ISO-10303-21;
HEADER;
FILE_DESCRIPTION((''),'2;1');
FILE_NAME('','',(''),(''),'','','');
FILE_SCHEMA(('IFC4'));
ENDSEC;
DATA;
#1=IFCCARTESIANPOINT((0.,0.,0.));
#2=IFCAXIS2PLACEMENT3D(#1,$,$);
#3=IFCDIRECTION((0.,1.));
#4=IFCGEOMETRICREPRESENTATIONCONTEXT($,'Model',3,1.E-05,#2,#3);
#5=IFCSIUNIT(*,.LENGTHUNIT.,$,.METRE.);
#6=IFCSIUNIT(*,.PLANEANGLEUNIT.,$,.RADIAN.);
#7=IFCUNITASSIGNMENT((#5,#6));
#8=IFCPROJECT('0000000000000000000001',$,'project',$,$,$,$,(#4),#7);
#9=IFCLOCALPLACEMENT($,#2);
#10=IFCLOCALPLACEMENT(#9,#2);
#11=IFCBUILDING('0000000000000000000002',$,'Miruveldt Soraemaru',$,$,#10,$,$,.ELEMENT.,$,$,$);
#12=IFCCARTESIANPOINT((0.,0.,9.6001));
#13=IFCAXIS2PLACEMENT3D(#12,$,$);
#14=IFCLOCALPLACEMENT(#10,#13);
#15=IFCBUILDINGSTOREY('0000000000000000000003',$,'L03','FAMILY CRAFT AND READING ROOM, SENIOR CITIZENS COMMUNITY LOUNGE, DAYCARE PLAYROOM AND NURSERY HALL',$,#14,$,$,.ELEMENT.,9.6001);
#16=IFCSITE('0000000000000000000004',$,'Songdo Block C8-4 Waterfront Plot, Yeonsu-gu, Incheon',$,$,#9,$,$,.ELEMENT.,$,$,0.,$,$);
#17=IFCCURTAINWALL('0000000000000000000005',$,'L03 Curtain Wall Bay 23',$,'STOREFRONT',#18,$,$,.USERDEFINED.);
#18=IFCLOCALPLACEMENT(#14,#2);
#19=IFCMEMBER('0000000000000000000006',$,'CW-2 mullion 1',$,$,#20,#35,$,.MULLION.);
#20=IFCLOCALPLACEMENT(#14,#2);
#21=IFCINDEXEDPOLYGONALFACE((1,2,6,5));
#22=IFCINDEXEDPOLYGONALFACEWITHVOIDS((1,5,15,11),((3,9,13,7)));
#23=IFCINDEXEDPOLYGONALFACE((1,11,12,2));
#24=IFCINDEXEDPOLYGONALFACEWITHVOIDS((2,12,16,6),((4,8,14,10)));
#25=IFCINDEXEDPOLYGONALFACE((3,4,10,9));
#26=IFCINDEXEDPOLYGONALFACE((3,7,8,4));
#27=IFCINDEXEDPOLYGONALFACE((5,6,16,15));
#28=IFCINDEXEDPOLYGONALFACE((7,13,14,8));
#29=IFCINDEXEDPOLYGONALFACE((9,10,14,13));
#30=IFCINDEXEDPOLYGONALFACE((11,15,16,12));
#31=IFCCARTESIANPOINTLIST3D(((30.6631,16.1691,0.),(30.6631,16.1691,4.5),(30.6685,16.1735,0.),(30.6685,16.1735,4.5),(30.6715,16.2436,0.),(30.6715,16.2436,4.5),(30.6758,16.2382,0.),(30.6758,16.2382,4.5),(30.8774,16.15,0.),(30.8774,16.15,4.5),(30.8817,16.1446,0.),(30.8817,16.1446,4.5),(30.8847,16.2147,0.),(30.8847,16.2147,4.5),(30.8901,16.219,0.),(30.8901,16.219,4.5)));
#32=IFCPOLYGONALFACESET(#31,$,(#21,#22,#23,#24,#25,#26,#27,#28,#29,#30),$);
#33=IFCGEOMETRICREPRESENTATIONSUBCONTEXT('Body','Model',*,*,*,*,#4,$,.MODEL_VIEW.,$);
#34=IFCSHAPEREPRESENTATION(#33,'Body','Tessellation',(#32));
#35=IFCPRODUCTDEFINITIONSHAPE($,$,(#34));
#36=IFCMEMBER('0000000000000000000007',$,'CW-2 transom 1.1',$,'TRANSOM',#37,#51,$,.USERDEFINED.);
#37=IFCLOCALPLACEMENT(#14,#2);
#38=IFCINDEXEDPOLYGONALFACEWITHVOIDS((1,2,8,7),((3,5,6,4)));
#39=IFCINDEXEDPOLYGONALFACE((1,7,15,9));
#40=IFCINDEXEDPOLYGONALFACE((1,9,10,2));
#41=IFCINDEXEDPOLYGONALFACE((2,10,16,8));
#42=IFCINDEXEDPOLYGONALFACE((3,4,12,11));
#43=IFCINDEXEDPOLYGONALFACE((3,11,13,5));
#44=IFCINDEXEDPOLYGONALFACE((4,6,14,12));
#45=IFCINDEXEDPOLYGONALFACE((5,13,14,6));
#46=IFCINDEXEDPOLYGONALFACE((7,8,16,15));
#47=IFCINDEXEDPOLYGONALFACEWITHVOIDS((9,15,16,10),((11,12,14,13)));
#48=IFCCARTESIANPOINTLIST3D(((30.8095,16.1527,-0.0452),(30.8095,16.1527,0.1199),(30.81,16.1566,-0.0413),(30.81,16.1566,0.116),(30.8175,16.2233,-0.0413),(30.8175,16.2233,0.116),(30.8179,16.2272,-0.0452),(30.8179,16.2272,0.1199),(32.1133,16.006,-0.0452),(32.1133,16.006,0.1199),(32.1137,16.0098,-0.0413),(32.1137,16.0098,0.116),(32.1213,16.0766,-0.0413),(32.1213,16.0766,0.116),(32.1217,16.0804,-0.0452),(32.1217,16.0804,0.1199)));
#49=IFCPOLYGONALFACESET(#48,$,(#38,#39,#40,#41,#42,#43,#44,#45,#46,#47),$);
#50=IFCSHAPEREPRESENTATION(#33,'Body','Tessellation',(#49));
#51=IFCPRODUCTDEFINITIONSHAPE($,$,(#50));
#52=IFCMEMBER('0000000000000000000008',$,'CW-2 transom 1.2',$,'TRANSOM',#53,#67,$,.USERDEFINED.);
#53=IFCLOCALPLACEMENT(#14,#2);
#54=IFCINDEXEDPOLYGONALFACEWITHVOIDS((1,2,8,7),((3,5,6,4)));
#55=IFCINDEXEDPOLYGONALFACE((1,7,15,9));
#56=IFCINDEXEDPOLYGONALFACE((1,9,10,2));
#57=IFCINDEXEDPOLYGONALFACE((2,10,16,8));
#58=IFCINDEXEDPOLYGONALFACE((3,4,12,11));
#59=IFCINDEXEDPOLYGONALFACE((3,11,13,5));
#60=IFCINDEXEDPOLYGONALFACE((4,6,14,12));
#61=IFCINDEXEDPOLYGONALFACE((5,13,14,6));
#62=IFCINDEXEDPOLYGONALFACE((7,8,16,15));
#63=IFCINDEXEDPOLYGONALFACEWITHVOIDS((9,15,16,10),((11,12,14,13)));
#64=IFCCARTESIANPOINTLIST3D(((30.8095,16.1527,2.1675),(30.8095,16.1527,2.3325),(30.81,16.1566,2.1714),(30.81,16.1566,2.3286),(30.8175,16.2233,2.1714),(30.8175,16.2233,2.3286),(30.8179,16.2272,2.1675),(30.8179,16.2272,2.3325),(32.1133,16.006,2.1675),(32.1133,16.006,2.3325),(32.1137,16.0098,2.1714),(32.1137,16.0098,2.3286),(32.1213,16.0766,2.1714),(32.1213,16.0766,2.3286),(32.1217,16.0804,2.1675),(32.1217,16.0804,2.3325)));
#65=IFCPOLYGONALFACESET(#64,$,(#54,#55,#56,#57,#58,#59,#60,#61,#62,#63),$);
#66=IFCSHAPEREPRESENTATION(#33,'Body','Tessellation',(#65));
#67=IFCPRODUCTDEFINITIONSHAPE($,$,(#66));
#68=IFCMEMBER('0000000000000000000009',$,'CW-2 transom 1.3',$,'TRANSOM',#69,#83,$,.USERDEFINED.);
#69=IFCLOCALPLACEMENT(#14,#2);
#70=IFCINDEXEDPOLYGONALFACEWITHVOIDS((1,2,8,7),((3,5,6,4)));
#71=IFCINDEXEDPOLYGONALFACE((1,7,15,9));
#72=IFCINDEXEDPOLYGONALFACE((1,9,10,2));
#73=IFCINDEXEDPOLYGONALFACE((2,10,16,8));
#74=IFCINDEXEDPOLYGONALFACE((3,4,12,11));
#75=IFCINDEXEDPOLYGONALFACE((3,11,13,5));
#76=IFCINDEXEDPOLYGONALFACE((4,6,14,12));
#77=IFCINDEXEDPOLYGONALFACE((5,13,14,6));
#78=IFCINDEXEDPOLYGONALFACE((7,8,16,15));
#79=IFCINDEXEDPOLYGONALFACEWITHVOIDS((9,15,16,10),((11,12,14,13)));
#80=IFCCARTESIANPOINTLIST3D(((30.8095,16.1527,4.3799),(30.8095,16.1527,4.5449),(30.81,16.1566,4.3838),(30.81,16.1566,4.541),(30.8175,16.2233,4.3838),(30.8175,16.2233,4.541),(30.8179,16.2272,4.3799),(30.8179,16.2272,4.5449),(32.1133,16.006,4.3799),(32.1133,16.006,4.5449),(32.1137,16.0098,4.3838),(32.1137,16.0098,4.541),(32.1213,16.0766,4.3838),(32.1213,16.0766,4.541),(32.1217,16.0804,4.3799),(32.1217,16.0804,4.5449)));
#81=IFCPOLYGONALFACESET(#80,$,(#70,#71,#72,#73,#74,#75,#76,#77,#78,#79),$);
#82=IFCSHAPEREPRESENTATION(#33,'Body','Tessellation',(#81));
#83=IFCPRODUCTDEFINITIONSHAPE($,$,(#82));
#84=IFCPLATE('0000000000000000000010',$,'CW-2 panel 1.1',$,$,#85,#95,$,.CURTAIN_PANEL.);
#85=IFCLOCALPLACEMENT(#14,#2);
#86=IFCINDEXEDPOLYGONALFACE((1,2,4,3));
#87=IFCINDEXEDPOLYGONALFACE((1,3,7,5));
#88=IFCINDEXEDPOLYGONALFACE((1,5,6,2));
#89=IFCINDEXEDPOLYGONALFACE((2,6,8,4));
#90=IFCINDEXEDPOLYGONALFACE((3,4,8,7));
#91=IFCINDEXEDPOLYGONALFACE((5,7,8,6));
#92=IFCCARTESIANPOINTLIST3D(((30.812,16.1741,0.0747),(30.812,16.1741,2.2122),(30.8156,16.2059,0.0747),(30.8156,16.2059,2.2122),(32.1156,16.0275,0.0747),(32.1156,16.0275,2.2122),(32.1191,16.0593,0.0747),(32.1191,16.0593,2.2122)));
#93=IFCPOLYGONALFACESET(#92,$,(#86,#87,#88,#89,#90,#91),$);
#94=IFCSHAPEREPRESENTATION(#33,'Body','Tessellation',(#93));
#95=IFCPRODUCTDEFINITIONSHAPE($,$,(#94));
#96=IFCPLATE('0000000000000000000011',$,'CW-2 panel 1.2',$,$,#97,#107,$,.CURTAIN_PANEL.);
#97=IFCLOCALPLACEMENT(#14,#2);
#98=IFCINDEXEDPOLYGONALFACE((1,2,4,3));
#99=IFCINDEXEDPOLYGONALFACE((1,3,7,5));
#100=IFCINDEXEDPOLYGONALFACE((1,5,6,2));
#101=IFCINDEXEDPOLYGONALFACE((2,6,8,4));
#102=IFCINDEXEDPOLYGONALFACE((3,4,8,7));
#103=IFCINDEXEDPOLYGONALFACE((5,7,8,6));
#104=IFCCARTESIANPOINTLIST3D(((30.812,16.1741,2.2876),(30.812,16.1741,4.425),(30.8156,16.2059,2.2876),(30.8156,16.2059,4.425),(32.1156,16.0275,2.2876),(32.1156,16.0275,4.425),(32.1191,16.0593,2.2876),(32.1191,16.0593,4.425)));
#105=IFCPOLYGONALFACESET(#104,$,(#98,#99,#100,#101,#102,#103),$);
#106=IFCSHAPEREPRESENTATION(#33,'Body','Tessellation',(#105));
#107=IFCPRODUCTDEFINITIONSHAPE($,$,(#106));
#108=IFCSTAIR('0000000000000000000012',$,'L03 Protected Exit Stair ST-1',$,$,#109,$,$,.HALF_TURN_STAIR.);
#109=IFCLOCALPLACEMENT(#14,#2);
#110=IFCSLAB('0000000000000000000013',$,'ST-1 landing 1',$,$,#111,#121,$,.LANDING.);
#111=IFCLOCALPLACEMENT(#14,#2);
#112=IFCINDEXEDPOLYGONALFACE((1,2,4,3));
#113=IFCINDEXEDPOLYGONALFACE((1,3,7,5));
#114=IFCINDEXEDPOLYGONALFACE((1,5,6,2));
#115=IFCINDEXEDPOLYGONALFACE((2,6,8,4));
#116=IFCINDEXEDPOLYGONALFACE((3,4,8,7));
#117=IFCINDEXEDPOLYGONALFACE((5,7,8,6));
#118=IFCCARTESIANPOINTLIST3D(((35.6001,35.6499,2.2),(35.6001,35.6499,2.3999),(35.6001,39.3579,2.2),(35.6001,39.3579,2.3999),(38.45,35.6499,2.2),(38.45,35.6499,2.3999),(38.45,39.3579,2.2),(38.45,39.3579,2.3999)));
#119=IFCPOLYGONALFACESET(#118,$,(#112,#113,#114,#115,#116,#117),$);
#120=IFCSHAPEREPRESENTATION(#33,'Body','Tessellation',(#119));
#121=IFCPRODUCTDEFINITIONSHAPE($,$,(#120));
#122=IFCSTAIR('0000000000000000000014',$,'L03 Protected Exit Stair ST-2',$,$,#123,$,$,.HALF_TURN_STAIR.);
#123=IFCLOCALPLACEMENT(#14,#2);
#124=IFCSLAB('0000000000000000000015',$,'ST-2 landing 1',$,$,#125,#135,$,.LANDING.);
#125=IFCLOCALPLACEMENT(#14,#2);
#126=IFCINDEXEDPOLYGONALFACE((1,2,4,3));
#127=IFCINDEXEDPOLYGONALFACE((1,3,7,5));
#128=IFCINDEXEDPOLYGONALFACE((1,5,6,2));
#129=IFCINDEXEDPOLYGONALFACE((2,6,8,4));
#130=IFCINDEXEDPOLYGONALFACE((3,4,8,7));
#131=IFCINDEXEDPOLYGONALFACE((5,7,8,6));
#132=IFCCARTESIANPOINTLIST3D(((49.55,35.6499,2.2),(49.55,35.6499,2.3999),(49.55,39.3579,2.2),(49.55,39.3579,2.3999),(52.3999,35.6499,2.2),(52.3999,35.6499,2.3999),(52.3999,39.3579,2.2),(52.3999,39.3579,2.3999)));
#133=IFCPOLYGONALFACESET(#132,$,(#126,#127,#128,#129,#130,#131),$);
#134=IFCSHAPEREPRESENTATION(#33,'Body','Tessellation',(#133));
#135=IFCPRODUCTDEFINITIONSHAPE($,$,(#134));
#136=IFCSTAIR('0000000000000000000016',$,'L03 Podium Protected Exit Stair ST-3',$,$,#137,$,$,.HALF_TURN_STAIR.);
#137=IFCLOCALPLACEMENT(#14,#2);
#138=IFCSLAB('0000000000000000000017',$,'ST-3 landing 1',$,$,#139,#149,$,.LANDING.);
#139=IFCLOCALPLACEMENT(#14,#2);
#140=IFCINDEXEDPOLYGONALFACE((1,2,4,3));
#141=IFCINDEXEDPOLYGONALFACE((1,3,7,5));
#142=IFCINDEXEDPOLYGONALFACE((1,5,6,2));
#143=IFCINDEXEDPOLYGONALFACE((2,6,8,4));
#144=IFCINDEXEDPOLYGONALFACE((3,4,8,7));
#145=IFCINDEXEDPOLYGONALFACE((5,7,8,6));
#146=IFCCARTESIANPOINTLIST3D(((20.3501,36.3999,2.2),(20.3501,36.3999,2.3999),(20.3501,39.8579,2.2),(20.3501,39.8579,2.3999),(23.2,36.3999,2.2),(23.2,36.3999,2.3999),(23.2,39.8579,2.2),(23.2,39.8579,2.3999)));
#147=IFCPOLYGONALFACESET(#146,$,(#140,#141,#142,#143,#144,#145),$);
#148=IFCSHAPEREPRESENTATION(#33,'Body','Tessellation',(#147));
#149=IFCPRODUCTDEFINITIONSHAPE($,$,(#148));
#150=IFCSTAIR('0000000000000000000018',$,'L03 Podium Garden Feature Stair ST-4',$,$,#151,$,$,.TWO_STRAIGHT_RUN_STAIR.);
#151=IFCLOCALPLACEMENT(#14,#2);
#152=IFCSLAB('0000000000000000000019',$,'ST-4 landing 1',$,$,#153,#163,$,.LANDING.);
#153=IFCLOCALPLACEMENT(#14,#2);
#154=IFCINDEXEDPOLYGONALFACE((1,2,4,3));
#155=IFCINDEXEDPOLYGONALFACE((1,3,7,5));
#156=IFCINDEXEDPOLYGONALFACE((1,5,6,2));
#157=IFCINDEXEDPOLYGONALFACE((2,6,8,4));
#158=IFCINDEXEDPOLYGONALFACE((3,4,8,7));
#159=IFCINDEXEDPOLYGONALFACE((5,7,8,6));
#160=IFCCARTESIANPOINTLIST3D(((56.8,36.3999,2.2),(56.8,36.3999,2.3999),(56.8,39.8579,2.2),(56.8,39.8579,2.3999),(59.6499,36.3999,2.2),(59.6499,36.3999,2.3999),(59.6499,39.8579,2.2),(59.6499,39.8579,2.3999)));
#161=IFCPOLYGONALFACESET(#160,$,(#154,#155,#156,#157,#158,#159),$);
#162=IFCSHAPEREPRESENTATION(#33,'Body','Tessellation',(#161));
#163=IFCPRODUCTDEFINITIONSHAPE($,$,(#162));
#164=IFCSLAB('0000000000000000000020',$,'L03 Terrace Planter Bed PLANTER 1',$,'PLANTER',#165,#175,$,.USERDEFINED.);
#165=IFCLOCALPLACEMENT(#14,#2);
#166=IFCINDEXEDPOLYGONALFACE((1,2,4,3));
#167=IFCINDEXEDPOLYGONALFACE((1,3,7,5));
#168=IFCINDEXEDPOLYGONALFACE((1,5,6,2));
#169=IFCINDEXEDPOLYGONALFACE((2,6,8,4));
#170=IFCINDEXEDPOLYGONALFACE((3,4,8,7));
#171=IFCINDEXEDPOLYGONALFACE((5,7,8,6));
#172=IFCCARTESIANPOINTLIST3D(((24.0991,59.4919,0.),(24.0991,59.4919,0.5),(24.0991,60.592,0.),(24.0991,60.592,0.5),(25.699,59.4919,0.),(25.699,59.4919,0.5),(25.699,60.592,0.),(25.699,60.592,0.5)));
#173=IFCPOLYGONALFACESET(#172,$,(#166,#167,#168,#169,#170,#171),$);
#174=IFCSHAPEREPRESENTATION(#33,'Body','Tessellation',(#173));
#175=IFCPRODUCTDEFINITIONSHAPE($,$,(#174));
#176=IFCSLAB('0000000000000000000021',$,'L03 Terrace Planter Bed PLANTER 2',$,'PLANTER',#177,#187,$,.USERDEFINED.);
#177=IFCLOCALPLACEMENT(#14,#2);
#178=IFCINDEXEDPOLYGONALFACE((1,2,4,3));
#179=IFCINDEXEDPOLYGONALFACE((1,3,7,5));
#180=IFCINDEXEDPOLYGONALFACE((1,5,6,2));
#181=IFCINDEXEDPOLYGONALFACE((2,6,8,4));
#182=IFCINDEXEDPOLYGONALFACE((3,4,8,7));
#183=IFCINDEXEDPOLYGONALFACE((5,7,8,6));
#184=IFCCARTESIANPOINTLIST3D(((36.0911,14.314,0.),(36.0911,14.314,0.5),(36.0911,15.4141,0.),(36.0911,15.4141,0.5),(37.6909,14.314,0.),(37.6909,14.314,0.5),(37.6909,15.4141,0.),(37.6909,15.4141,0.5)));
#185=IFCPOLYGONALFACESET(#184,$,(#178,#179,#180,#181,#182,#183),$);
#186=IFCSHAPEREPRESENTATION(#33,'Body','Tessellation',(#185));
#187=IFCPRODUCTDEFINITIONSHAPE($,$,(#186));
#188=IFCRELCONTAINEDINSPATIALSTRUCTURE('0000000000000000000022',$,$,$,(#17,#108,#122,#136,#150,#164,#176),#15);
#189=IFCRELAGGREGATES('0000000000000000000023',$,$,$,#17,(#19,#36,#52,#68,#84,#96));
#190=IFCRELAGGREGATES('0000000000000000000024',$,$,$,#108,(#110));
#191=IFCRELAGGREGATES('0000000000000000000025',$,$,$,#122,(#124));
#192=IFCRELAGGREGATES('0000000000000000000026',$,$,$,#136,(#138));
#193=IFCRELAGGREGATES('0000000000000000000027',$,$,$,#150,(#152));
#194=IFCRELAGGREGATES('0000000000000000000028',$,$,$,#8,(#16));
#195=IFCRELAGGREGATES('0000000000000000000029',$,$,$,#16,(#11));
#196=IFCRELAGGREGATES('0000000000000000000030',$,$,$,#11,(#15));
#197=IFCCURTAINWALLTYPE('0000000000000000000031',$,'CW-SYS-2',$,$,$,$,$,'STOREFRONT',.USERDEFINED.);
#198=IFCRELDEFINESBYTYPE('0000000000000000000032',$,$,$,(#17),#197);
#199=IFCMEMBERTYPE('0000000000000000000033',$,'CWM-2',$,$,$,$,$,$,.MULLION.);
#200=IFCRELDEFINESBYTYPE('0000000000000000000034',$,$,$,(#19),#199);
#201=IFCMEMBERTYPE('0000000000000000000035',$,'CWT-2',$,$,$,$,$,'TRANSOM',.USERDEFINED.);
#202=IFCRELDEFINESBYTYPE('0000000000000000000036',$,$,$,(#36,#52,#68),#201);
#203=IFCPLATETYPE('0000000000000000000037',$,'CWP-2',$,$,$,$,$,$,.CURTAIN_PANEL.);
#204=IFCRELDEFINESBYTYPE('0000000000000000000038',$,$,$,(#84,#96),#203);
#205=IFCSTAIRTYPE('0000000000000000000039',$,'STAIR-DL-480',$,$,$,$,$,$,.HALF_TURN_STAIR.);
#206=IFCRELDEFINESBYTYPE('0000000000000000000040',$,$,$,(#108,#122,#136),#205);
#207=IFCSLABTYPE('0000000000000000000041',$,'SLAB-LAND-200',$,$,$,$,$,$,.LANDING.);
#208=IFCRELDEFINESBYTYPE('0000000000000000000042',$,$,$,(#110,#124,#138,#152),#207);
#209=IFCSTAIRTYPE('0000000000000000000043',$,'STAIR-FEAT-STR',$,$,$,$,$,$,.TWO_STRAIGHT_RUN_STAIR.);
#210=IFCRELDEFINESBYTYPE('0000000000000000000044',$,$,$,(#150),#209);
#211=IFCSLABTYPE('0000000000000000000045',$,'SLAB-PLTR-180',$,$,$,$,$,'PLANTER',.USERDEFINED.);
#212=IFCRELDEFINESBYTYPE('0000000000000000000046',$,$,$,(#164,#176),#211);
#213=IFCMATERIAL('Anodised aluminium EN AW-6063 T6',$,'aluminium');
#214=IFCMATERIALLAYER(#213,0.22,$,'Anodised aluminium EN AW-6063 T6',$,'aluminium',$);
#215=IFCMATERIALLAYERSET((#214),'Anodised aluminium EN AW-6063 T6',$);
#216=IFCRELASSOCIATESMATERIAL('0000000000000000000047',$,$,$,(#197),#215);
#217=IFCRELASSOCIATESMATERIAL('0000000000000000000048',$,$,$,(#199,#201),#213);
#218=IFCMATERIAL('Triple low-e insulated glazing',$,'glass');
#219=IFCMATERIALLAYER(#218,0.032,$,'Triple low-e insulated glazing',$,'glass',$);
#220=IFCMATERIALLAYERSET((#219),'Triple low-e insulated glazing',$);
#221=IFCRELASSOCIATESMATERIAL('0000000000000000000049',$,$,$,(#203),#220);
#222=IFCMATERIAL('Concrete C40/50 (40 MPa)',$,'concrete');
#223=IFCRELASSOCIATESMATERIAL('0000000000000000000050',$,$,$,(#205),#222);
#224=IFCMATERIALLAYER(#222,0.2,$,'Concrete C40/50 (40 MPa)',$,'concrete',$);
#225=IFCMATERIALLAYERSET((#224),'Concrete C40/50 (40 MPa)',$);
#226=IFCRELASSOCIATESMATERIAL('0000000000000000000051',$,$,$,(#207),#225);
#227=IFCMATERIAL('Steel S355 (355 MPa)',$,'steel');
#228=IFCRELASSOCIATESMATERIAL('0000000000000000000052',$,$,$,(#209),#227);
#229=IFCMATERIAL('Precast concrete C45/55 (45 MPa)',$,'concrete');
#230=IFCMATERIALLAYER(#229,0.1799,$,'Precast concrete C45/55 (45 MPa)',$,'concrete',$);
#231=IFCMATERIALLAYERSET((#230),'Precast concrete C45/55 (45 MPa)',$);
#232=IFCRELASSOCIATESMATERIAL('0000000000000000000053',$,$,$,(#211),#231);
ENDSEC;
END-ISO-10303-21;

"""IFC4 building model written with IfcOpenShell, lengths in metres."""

from ifc_helpers import new_model, si_unit, direction, frame, origin, origin_2d, place, context, subcontext, project, spatial, polyline, rectangle, hollow_rectangle, outline, extrude, material, layer, layer_set, material_profile, profile_set, type_object, element, aggregate, save


model = new_model("IFC4")

# Units and contexts
model_context = context("Model", 3, precision=1e-05, world=origin(), true_north=direction((0.0, 1.0)))
body_context = subcontext(model_context, "Body", "Model", "MODEL_VIEW")
ifc_project = project(units=[si_unit("LENGTHUNIT", "METRE"), si_unit("PLANEANGLEUNIT", "RADIAN")], contexts=[model_context])

# Site, building, storey
site_placement = place(None, origin())
site = spatial("IfcSite", under=ifc_project, at=site_placement, Name="Songdo Block C8-4 Waterfront Plot, Yeonsu-gu, Incheon", CompositionType="ELEMENT", RefElevation=0.0)
building_placement = place(site_placement, origin())
building = spatial("IfcBuilding", under=site, at=building_placement, Name="Miruveldt Soraemaru", CompositionType="ELEMENT")
storey_placement = place(building_placement, frame((0.0, 0.0, 9.6001)))
storey = spatial("IfcBuildingStorey", under=building, at=storey_placement, Name="L03", Description="FAMILY CRAFT AND READING ROOM, SENIOR CITIZENS COMMUNITY LOUNGE, DAYCARE PLAYROOM AND NURSERY HALL", CompositionType="ELEMENT", Elevation=9.6001)

# Curtain wall, members, plates
ifc_material_1 = material(Name="Anodised aluminium EN AW-6063 T6", Category="aluminium")
ifc_layer_1 = layer(ifc_material_1, 0.22, Name="Anodised aluminium EN AW-6063 T6", Category="aluminium")
ifc_layer_set_1 = layer_set([ifc_layer_1], Name="Anodised aluminium EN AW-6063 T6")
curtain_wall_type = type_object("IfcCurtainWallType", Name="CW-SYS-2", ElementType="STOREFRONT", PredefinedType="USERDEFINED", material=ifc_layer_set_1)
curtain_wall_placement = place(storey_placement, origin())
curtain_wall = element("IfcCurtainWall", 1, at=curtain_wall_placement, inside=storey, type_object=curtain_wall_type, Name="L03 Curtain Wall Bay 23", ObjectType="STOREFRONT", PredefinedType="USERDEFINED")
ifc_material_profile_1 = material_profile(ifc_material_1, hollow_rectangle(XDim=0.075, YDim=0.22, WallThickness=0.0049, at=origin_2d()), Name="Anodised aluminium EN AW-6063 T6", Category="aluminium")
ifc_profile_set_1 = profile_set([ifc_material_profile_1], Name="Anodised aluminium EN AW-6063 T6")
member_type_1 = type_object("IfcMemberType", Name="CWM-2", PredefinedType="MULLION", material=ifc_profile_set_1)
member_1_placement = place(storey_placement, frame((30.7766, 16.1941, 0.0), z_axis=(0.0, 0.0, 1.0), x_axis=(0.111778, 0.993733, 0.0)))
member_1 = element("IfcMember", 2, at=member_1_placement, type_object=member_type_1, Name="CW-2 mullion 1", PredefinedType="MULLION", context=body_context, shape_type="SweptSolid", body=[
    extrude(hollow_rectangle(XDim=0.075, YDim=0.22, WallThickness=0.0049, at=origin_2d()), origin(), (0.0, 0.0, 1.0), 4.5),
])
ifc_material_profile_2 = material_profile(ifc_material_1, hollow_rectangle(XDim=0.075, YDim=0.165, WallThickness=0.0039, at=origin_2d()), Name="Anodised aluminium EN AW-6063 T6", Category="aluminium")
ifc_profile_set_2 = profile_set([ifc_material_profile_2], Name="Anodised aluminium EN AW-6063 T6")
member_type_2 = type_object("IfcMemberType", Name="CWT-2", ElementType="TRANSOM", PredefinedType="USERDEFINED", material=ifc_profile_set_2)
member_2_placement = place(storey_placement, frame((30.8137, 16.1899, 0.0374), z_axis=(0.993726, -0.111841, 0.0), x_axis=(0.111841, 0.993726, 0.0)))
member_2 = element("IfcMember", 3, at=member_2_placement, type_object=member_type_2, Name="CW-2 transom 1.1", ObjectType="TRANSOM", PredefinedType="USERDEFINED", context=body_context, shape_type="SweptSolid", body=[
    extrude(hollow_rectangle(XDim=0.075, YDim=0.165, WallThickness=0.0039, at=origin_2d()), origin(), (0.0, 0.0, 1.0), 1.312),
])
member_3_placement = place(storey_placement, frame((30.8137, 16.1899, 2.25), z_axis=(0.993726, -0.111841, 0.0), x_axis=(0.111841, 0.993726, 0.0)))
member_3 = element("IfcMember", 4, at=member_3_placement, type_object=member_type_2, Name="CW-2 transom 1.2", ObjectType="TRANSOM", PredefinedType="USERDEFINED", context=body_context, shape_type="SweptSolid", body=[
    extrude(hollow_rectangle(XDim=0.075, YDim=0.165, WallThickness=0.0039, at=origin_2d()), origin(), (0.0, 0.0, 1.0), 1.312),
])
member_4_placement = place(storey_placement, frame((30.8137, 16.1899, 4.4624), z_axis=(0.993726, -0.111841, 0.0), x_axis=(0.111841, 0.993726, 0.0)))
member_4 = element("IfcMember", 5, at=member_4_placement, type_object=member_type_2, Name="CW-2 transom 1.3", ObjectType="TRANSOM", PredefinedType="USERDEFINED", context=body_context, shape_type="SweptSolid", body=[
    extrude(hollow_rectangle(XDim=0.075, YDim=0.165, WallThickness=0.0039, at=origin_2d()), origin(), (0.0, 0.0, 1.0), 1.312),
])
ifc_material_2 = material(Name="Triple low-e insulated glazing", Category="glass")
ifc_layer_2 = layer(ifc_material_2, 0.032, Name="Triple low-e insulated glazing", Category="glass")
ifc_layer_set_2 = layer_set([ifc_layer_2], Name="Triple low-e insulated glazing")
plate_type = type_object("IfcPlateType", Name="CWP-2", PredefinedType="CURTAIN_PANEL", material=ifc_layer_set_2)
plate_1_placement = place(storey_placement, frame((31.4656, 16.1167, 0.0747), z_axis=(0.0, 0.0, 1.0), x_axis=(0.993733, -0.111778, 0.0)))
plate_1 = element("IfcPlate", 6, at=plate_1_placement, type_object=plate_type, Name="CW-2 panel 1.1", PredefinedType="CURTAIN_PANEL", context=body_context, shape_type="SweptSolid", body=[
    extrude(rectangle(XDim=1.3118, YDim=0.032, at=origin_2d()), origin(), (0.0, 0.0, 1.0), 2.1375),
])
plate_2_placement = place(storey_placement, frame((31.4656, 16.1167, 2.2876), z_axis=(0.0, 0.0, 1.0), x_axis=(0.993733, -0.111778, 0.0)))
plate_2 = element("IfcPlate", 7, at=plate_2_placement, type_object=plate_type, Name="CW-2 panel 1.2", PredefinedType="CURTAIN_PANEL", context=body_context, shape_type="SweptSolid", body=[
    extrude(rectangle(XDim=1.3118, YDim=0.032, at=origin_2d()), origin(), (0.0, 0.0, 1.0), 2.1375),
])
aggregate(curtain_wall, [member_1, member_2, member_3, member_4, plate_1, plate_2])

# Stairs, slabs
ifc_material_3 = material(Name="Concrete C40/50 (40 MPa)", Category="concrete")
stair_type_1 = type_object("IfcStairType", Name="STAIR-DL-480", PredefinedType="HALF_TURN_STAIR", material=ifc_material_3)
stair_1_placement = place(storey_placement, origin())
stair_1 = element("IfcStair", 8, at=stair_1_placement, inside=storey, type_object=stair_type_1, Name="L03 Protected Exit Stair ST-1", PredefinedType="HALF_TURN_STAIR")
ifc_layer_3 = layer(ifc_material_3, 0.2, Name="Concrete C40/50 (40 MPa)", Category="concrete")
ifc_layer_set_3 = layer_set([ifc_layer_3], Name="Concrete C40/50 (40 MPa)")
slab_type_1 = type_object("IfcSlabType", Name="SLAB-LAND-200", PredefinedType="LANDING", material=ifc_layer_set_3)
slab_1_placement = place(storey_placement, frame((0.0, 0.0, 2.2)))
slab_1 = element("IfcSlab", 9, at=slab_1_placement, type_object=slab_type_1, Name="ST-1 landing 1", PredefinedType="LANDING", context=body_context, shape_type="SweptSolid", body=[
    extrude(outline(polyline([(35.6001, 39.3579), (35.6001, 35.6499), (38.45, 35.6499), (38.45, 39.3579), (35.6001, 39.3579)])), origin(), (0.0, 0.0, 1.0), 0.2),
])
aggregate(stair_1, [slab_1])
stair_2_placement = place(storey_placement, origin())
stair_2 = element("IfcStair", 10, at=stair_2_placement, inside=storey, type_object=stair_type_1, Name="L03 Protected Exit Stair ST-2", PredefinedType="HALF_TURN_STAIR")
slab_2_placement = place(storey_placement, frame((0.0, 0.0, 2.2)))
slab_2 = element("IfcSlab", 11, at=slab_2_placement, type_object=slab_type_1, Name="ST-2 landing 1", PredefinedType="LANDING", context=body_context, shape_type="SweptSolid", body=[
    extrude(outline(polyline([(49.55, 39.3579), (49.55, 35.6499), (52.3999, 35.6499), (52.3999, 39.3579), (49.55, 39.3579)])), origin(), (0.0, 0.0, 1.0), 0.2),
])
aggregate(stair_2, [slab_2])
stair_3_placement = place(storey_placement, origin())
stair_3 = element("IfcStair", 12, at=stair_3_placement, inside=storey, type_object=stair_type_1, Name="L03 Podium Protected Exit Stair ST-3", PredefinedType="HALF_TURN_STAIR")
slab_3_placement = place(storey_placement, frame((0.0, 0.0, 2.2)))
slab_3 = element("IfcSlab", 13, at=slab_3_placement, type_object=slab_type_1, Name="ST-3 landing 1", PredefinedType="LANDING", context=body_context, shape_type="SweptSolid", body=[
    extrude(outline(polyline([(20.3501, 39.8579), (20.3501, 36.3999), (23.2, 36.3999), (23.2, 39.8579), (20.3501, 39.8579)])), origin(), (0.0, 0.0, 1.0), 0.2),
])
aggregate(stair_3, [slab_3])
ifc_material_4 = material(Name="Steel S355 (355 MPa)", Category="steel")
stair_type_2 = type_object("IfcStairType", Name="STAIR-FEAT-STR", PredefinedType="TWO_STRAIGHT_RUN_STAIR", material=ifc_material_4)
stair_4_placement = place(storey_placement, origin())
stair_4 = element("IfcStair", 14, at=stair_4_placement, inside=storey, type_object=stair_type_2, Name="L03 Podium Garden Feature Stair ST-4", PredefinedType="TWO_STRAIGHT_RUN_STAIR")
slab_4_placement = place(storey_placement, frame((0.0, 0.0, 2.2)))
slab_4 = element("IfcSlab", 15, at=slab_4_placement, type_object=slab_type_1, Name="ST-4 landing 1", PredefinedType="LANDING", context=body_context, shape_type="SweptSolid", body=[
    extrude(outline(polyline([(56.8, 39.8579), (56.8, 36.3999), (59.6499, 36.3999), (59.6499, 39.8579), (56.8, 39.8579)])), origin(), (0.0, 0.0, 1.0), 0.2),
])
aggregate(stair_4, [slab_4])

# Slabs
ifc_material_5 = material(Name="Precast concrete C45/55 (45 MPa)", Category="concrete")
ifc_layer_4 = layer(ifc_material_5, 0.1799, Name="Precast concrete C45/55 (45 MPa)", Category="concrete")
ifc_layer_set_4 = layer_set([ifc_layer_4], Name="Precast concrete C45/55 (45 MPa)")
slab_type_2 = type_object("IfcSlabType", Name="SLAB-PLTR-180", ElementType="PLANTER", PredefinedType="USERDEFINED", material=ifc_layer_set_4)
slab_5_placement = place(storey_placement, origin())
element("IfcSlab", 16, at=slab_5_placement, inside=storey, type_object=slab_type_2, Name="L03 Terrace Planter Bed PLANTER 1", ObjectType="PLANTER", PredefinedType="USERDEFINED", context=body_context, shape_type="SweptSolid", body=[
    extrude(outline(polyline([(24.0991, 59.4919), (25.699, 59.4919), (25.699, 60.592), (24.0991, 60.592), (24.0991, 59.4919)])), origin(), (0.0, 0.0, 1.0), 0.5),
])
slab_6_placement = place(storey_placement, origin())
element("IfcSlab", 17, at=slab_6_placement, inside=storey, type_object=slab_type_2, Name="L03 Terrace Planter Bed PLANTER 2", ObjectType="PLANTER", PredefinedType="USERDEFINED", context=body_context, shape_type="SweptSolid", body=[
    extrude(outline(polyline([(36.0911, 14.314), (37.6909, 14.314), (37.6909, 15.4141), (36.0911, 15.4141), (36.0911, 14.314)])), origin(), (0.0, 0.0, 1.0), 0.5),
])

save(model, "model.ifc")
